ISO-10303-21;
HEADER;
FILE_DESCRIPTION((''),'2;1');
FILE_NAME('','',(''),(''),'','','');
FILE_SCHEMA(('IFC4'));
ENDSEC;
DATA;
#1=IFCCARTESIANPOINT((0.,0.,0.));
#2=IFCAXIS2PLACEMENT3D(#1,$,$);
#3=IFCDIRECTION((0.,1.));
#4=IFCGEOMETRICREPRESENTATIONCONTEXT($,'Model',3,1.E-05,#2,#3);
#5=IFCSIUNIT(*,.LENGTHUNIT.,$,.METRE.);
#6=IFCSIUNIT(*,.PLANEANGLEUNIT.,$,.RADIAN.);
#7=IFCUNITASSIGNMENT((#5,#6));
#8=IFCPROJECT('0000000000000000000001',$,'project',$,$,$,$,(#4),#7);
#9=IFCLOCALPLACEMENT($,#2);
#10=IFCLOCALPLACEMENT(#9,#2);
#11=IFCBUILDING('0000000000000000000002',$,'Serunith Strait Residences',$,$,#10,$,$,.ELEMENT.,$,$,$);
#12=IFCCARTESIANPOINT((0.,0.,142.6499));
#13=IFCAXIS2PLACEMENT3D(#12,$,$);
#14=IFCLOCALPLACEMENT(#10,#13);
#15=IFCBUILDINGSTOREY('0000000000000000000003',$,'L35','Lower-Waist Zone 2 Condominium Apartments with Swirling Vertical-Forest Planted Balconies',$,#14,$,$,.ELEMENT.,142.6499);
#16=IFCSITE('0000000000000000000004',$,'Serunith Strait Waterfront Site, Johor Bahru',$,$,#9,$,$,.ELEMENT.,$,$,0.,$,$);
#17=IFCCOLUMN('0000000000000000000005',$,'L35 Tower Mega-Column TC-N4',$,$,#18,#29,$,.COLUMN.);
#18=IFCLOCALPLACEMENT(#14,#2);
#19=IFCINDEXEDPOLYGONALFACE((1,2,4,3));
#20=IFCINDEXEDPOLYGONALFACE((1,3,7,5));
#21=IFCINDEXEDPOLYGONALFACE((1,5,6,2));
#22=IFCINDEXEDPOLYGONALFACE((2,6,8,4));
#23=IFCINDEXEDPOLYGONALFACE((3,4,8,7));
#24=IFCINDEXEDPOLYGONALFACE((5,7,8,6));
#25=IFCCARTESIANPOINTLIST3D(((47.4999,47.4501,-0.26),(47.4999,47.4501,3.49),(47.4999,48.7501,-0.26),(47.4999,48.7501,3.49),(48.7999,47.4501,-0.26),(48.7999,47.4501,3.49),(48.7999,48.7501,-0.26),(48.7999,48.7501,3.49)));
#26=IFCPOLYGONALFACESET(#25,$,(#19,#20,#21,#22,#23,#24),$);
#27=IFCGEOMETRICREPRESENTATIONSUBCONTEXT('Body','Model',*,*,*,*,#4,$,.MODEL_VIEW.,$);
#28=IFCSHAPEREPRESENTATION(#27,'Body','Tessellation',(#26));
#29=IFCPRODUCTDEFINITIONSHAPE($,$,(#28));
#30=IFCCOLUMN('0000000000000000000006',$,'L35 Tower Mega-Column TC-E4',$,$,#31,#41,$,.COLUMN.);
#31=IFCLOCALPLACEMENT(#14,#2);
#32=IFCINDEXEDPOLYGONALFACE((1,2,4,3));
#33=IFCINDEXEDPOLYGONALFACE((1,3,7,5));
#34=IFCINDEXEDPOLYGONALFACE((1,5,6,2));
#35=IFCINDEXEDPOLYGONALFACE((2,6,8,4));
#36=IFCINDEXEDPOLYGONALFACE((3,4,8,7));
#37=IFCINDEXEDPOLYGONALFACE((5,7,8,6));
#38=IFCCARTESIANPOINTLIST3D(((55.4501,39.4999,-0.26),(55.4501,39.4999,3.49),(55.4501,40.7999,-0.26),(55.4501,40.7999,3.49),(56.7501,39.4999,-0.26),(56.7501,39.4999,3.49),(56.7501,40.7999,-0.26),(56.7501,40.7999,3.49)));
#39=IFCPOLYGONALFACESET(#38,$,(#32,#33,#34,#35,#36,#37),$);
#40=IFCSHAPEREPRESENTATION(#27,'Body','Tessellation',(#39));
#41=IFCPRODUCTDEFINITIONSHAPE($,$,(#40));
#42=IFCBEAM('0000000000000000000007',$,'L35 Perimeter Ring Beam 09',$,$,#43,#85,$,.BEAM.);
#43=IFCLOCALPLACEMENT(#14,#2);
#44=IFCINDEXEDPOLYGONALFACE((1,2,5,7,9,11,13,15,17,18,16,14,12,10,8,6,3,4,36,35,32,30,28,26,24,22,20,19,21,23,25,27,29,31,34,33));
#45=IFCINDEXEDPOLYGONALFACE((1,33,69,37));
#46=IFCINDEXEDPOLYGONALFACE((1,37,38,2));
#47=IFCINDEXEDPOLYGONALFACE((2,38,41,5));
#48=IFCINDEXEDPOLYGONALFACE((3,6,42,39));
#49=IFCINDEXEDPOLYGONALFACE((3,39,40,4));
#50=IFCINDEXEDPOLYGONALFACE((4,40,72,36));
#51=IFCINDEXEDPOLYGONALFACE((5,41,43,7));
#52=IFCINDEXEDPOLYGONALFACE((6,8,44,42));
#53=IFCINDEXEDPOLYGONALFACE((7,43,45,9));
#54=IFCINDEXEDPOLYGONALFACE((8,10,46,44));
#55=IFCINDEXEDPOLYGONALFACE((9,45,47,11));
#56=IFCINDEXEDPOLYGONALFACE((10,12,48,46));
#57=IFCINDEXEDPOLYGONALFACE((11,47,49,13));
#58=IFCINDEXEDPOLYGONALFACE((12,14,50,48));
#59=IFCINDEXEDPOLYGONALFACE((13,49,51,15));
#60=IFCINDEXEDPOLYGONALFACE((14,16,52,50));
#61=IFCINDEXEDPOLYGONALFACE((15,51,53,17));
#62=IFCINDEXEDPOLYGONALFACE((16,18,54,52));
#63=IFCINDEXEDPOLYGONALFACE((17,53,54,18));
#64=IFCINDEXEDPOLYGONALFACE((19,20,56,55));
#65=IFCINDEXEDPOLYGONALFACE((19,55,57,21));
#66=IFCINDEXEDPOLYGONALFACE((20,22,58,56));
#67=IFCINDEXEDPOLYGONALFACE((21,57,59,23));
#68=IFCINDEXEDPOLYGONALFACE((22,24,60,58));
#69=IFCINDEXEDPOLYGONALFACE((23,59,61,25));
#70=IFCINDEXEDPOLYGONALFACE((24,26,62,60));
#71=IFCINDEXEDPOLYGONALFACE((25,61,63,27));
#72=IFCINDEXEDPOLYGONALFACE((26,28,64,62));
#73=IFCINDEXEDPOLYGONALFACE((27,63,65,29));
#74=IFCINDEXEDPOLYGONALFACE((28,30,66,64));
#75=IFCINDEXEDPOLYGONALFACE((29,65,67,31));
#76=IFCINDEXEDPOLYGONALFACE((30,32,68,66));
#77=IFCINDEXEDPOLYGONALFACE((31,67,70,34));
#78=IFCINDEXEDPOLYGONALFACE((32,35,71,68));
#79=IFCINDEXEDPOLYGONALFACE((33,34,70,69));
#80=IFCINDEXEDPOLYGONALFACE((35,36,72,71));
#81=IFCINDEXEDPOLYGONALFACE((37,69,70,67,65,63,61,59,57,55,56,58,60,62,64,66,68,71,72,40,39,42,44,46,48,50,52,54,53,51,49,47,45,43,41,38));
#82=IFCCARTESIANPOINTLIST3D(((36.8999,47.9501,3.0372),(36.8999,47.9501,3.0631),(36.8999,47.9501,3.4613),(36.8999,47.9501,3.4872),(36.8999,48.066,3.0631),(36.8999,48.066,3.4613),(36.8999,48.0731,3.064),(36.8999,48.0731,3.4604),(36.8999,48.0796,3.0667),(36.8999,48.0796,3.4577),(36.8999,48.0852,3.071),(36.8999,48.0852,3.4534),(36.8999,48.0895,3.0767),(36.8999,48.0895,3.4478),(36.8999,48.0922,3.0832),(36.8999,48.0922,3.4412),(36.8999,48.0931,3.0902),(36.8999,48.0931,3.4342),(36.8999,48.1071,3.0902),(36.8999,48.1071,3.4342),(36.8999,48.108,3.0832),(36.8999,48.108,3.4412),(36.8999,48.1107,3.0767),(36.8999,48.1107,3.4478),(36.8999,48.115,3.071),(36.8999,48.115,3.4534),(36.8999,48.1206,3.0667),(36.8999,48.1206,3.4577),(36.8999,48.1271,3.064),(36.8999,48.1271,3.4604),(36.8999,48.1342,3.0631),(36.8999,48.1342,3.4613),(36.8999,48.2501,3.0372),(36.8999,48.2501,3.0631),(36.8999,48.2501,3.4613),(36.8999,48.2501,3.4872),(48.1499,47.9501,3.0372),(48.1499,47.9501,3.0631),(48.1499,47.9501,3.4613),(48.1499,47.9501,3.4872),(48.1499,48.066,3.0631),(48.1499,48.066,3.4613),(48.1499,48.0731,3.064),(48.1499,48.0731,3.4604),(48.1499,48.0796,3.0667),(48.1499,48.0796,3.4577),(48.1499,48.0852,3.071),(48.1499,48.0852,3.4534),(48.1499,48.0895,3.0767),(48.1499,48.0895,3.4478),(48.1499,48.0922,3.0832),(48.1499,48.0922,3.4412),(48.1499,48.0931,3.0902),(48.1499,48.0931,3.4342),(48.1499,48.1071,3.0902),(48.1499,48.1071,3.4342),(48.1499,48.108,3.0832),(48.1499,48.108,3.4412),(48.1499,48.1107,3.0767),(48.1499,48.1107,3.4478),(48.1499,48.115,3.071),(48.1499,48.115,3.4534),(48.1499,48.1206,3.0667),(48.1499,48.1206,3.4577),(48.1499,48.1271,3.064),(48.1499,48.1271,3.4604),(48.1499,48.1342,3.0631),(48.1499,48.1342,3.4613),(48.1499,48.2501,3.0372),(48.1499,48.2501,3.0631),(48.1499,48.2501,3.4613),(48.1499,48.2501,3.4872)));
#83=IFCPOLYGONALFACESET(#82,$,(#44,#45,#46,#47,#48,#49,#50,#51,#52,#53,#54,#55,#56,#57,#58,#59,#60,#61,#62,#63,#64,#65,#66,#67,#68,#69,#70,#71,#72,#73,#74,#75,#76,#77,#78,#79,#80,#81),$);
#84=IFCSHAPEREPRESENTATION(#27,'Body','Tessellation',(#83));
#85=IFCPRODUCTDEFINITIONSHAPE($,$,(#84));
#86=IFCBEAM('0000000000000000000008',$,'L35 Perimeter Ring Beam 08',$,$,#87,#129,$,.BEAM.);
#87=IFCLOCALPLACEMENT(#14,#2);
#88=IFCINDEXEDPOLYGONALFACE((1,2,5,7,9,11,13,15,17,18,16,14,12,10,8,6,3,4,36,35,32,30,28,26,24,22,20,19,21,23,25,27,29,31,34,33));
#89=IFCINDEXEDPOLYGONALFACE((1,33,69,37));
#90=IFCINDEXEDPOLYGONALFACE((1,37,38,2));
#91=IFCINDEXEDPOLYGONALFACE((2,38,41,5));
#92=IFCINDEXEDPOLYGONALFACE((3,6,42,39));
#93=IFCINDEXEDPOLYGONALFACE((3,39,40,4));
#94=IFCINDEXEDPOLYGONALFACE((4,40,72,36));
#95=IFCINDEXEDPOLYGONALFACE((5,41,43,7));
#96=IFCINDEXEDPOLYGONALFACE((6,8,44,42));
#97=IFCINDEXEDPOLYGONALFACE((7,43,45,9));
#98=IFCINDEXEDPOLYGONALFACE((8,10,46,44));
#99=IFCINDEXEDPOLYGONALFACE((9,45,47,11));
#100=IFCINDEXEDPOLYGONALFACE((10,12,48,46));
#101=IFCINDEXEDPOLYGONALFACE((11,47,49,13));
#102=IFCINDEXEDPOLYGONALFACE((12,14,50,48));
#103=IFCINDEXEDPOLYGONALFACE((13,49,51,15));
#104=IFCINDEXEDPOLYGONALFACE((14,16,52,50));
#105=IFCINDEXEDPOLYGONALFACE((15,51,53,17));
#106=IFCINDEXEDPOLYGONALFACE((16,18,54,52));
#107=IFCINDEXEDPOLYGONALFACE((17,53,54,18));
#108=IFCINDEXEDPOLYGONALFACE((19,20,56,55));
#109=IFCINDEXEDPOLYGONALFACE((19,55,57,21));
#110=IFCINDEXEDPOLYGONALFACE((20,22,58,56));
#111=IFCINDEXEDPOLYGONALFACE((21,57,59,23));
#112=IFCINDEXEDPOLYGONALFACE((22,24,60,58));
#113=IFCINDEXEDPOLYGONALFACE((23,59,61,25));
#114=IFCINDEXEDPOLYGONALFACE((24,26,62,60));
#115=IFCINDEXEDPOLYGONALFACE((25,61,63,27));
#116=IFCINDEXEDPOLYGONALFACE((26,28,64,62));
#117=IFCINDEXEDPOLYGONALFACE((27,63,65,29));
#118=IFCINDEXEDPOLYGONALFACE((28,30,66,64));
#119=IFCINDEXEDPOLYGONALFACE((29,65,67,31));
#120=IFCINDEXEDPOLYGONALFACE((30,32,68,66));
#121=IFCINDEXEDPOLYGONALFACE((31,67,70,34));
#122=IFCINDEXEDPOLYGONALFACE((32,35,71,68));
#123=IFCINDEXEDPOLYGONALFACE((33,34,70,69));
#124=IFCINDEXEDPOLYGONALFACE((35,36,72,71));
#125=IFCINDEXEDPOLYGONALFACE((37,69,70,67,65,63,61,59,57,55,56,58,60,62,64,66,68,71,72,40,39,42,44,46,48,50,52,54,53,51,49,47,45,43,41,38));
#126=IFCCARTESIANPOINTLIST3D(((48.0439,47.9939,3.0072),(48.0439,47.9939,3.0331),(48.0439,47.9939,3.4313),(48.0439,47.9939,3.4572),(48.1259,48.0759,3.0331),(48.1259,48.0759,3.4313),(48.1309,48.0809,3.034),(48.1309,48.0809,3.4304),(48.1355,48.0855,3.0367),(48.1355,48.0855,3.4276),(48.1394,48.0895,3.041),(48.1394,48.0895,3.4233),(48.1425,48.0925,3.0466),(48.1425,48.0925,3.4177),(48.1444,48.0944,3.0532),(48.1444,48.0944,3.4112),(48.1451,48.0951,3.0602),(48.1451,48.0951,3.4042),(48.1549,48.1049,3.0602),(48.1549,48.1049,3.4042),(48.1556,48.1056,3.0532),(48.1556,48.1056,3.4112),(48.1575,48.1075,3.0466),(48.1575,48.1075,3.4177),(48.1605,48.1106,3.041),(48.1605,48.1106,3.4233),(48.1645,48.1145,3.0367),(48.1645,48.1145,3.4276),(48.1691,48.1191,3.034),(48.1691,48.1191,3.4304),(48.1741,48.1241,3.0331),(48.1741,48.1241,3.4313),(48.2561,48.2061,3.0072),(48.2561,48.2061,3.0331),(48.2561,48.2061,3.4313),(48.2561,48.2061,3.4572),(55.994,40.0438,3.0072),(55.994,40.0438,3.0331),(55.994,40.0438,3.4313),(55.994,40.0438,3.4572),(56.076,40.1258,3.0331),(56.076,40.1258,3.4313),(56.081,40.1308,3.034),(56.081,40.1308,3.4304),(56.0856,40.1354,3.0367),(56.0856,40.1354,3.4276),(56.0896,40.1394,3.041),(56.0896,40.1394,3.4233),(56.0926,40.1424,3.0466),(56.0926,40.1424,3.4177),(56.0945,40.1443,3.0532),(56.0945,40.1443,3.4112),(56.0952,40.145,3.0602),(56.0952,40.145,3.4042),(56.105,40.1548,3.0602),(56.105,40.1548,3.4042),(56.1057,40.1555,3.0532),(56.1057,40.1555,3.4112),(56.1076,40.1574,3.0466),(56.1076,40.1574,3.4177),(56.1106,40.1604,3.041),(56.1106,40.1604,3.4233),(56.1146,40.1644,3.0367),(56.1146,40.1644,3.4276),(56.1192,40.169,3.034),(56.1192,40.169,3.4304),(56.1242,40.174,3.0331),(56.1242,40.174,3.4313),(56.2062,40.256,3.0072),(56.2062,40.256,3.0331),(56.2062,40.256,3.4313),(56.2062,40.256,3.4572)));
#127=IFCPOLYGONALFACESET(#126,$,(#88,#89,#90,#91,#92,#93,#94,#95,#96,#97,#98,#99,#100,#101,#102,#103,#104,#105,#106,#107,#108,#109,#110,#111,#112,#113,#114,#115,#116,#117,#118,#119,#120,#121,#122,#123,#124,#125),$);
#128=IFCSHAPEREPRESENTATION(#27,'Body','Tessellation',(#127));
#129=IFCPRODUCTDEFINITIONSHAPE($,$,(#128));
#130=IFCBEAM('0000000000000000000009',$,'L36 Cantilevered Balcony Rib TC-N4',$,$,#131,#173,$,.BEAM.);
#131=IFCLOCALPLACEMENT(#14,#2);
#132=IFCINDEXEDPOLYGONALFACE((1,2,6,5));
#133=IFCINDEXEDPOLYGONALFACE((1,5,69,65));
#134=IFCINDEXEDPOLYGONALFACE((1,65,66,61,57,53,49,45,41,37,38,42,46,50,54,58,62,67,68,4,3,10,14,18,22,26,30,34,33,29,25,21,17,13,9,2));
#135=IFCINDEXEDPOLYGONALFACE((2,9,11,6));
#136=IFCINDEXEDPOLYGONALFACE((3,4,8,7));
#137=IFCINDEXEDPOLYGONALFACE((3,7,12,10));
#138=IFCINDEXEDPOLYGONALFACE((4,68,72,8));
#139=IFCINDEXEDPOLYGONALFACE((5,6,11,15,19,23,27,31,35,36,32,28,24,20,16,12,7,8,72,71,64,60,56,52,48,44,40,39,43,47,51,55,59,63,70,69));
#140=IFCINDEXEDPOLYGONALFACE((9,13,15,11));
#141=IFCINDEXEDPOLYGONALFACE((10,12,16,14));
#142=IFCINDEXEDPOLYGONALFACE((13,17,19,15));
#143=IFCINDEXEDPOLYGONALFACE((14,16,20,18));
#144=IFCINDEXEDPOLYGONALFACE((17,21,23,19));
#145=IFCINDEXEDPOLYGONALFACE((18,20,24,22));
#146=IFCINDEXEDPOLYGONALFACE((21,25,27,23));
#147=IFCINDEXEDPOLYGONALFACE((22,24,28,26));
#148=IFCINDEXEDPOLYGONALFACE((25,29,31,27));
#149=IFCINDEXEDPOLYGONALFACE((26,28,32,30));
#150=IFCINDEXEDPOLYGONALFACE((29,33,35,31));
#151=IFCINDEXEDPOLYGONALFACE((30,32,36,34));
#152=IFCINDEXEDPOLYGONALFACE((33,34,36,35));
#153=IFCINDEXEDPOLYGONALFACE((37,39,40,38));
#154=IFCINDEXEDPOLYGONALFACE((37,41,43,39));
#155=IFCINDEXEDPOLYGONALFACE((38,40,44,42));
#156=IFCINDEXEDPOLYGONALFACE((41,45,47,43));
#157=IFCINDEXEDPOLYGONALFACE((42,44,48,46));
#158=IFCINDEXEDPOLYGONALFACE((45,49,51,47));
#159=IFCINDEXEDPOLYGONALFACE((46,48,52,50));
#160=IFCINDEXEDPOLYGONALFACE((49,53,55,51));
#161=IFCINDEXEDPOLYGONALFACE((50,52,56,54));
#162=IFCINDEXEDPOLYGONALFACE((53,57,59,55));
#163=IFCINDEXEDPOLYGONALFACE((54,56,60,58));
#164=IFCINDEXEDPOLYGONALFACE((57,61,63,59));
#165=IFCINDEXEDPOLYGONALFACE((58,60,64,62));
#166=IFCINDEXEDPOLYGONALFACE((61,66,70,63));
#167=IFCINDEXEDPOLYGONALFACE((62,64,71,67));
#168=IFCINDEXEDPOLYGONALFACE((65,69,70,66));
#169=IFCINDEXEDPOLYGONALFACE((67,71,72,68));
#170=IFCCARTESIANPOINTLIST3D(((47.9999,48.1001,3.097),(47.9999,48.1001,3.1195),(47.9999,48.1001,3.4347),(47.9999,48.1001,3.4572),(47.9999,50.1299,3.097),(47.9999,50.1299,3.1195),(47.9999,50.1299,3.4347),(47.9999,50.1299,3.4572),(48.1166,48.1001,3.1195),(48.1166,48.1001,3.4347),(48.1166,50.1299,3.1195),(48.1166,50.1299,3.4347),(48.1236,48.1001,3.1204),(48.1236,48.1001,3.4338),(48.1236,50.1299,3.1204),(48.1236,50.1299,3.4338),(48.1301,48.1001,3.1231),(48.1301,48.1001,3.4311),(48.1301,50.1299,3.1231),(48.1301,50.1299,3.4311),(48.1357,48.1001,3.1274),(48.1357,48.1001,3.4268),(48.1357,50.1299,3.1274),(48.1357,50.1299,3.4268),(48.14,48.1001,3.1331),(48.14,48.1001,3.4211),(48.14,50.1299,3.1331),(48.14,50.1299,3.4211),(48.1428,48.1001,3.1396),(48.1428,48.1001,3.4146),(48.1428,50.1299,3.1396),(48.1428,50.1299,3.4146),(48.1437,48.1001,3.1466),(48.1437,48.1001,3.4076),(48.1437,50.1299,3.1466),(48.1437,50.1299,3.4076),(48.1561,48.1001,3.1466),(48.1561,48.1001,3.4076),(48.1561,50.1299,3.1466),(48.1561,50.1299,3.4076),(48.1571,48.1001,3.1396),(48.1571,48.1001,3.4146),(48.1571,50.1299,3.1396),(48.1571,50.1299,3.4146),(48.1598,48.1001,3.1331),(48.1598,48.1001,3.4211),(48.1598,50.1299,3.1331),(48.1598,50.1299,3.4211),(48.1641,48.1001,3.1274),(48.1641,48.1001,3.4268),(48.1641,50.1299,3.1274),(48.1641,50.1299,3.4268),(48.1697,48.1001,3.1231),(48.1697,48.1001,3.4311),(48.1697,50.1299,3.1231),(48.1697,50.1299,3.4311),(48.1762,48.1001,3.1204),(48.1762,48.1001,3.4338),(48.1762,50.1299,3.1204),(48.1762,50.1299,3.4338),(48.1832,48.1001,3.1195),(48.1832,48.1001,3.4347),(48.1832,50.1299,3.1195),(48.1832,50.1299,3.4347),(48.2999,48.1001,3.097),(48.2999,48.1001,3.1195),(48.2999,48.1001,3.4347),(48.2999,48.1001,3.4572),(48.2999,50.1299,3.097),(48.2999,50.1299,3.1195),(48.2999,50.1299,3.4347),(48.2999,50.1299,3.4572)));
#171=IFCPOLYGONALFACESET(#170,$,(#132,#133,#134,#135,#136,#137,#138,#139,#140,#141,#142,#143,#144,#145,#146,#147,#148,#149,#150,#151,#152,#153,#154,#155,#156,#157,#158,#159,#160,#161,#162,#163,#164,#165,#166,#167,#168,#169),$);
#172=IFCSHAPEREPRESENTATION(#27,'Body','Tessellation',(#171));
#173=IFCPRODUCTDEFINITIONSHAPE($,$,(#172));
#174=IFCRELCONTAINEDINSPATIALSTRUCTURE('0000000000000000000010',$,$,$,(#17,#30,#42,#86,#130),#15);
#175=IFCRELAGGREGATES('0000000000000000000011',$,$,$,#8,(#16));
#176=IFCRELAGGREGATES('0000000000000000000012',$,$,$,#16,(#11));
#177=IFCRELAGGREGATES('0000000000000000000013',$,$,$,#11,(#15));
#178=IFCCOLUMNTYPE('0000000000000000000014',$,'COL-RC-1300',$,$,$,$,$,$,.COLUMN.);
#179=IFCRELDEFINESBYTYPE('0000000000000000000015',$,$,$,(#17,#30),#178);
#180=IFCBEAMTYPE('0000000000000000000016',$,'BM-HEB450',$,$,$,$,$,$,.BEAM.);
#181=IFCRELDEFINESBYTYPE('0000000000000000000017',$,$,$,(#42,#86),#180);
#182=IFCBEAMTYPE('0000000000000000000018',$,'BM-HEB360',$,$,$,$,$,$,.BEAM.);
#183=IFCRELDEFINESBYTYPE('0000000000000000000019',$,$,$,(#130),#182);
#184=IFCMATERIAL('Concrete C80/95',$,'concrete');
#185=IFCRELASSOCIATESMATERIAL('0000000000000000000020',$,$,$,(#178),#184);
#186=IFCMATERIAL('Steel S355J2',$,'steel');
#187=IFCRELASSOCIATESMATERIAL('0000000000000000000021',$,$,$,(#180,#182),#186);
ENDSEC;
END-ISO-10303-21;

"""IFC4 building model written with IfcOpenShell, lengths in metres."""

from ifc_helpers import new_model, si_unit, direction, frame, origin, origin_2d, place, context, subcontext, project, spatial, rectangle, i_section, extrude, source, transform, mapped, material, material_profile, profile_set, type_object, element, save


model = new_model("IFC4")

# Units and contexts
model_context = context("Model", 3, precision=1e-05, world=origin(), true_north=direction((0.0, 1.0)))
body_context = subcontext(model_context, "Body", "Model", "MODEL_VIEW")
ifc_project = project(units=[si_unit("LENGTHUNIT", "METRE"), si_unit("PLANEANGLEUNIT", "RADIAN")], contexts=[model_context])

# Site, building, storey
site_placement = place(None, origin())
site = spatial("IfcSite", under=ifc_project, at=site_placement, Name="Serunith Strait Waterfront Site, Johor Bahru", CompositionType="ELEMENT", RefElevation=0.0)
building_placement = place(site_placement, origin())
building = spatial("IfcBuilding", under=site, at=building_placement, Name="Serunith Strait Residences", CompositionType="ELEMENT")
storey_placement = place(building_placement, frame((0.0, 0.0, 142.6499)))
storey = spatial("IfcBuildingStorey", under=building, at=storey_placement, Name="L35", Description="Lower-Waist Zone 2 Condominium Apartments with Swirling Vertical-Forest Planted Balconies", CompositionType="ELEMENT", Elevation=142.6499)

# Columns
ifc_material_1 = material(Name="Concrete C80/95", Category="concrete")
ifc_material_profile_1 = material_profile(ifc_material_1, rectangle(XDim=1.3, YDim=1.3, at=origin_2d()), Name="RC 1300x1300")
ifc_profile_set_1 = profile_set([ifc_material_profile_1], Name="Concrete C80/95")
column_type = type_object("IfcColumnType", Name="COL-RC-1300", PredefinedType="COLUMN", material=ifc_profile_set_1)
shared_shape_1 = source(origin(), body_context, "Body", "SweptSolid", [
    extrude(rectangle(XDim=1.3, YDim=1.3, at=origin_2d()), origin(), (0.0, 0.0, 1.0), 3.75),
])
for number, where, z_axis, x_axis, name in (
    (1, (48.1499, 48.1001, -0.26), (0.0, 0.0, 1.0), (1.0, 0.0, 0.0), "L35 Tower Mega-Column TC-N4"),
    (2, (56.1001, 40.1499, -0.26), (0.0, 0.0, 1.0), (1.0, 0.0, 0.0), "L35 Tower Mega-Column TC-E4"),
):
    element("IfcColumn", number, at=place(storey_placement, frame(where, z_axis=z_axis, x_axis=x_axis)), inside=storey, type_object=column_type, Name=name, PredefinedType="COLUMN", context=body_context, shape_type="MappedRepresentation", body=[
        mapped(shared_shape_1, transform((0.0, 0.0, 0.0), scale=1.0)),
    ])

# Beams
ifc_material_2 = material(Name="Steel S355J2", Category="steel")
ifc_material_profile_2 = material_profile(ifc_material_2, i_section(OverallWidth=0.3, OverallDepth=0.45, WebThickness=0.0139, FlangeThickness=0.0259, FilletRadius=0.0271, at=origin_2d()), Name="HEB 450")
ifc_profile_set_2 = profile_set([ifc_material_profile_2], Name="Steel S355J2")
beam_type_1 = type_object("IfcBeamType", Name="BM-HEB450", PredefinedType="BEAM", material=ifc_profile_set_2)
shared_shape_2 = source(origin(), body_context, "Body", "SweptSolid", [
    extrude(i_section(OverallWidth=0.3, OverallDepth=0.45, WebThickness=0.0139, FlangeThickness=0.0259, FilletRadius=0.0271, at=origin_2d()), origin(), (0.0, 0.0, 1.0), 11.25),
])
beam_1_placement = place(storey_placement, frame((48.1499, 48.1001, 3.2622), z_axis=(-1.0, 0.0, 0.0), x_axis=(0.0, -1.0, 0.0)))
element("IfcBeam", 3, at=beam_1_placement, inside=storey, type_object=beam_type_1, Name="L35 Perimeter Ring Beam 09", PredefinedType="BEAM", context=body_context, shape_type="MappedRepresentation", body=[
    mapped(shared_shape_2, transform((0.0, 0.0, 0.0), scale=1.0)),
])
shared_shape_3 = source(origin(), body_context, "Body", "SweptSolid", [
    extrude(i_section(OverallWidth=0.3, OverallDepth=0.45, WebThickness=0.0139, FlangeThickness=0.0259, FilletRadius=0.0271, at=origin_2d()), origin(), (0.0, 0.0, 1.0), 11.2432),
])
beam_2_placement = place(storey_placement, frame((56.1001, 40.1499, 3.2322), z_axis=(-0.707107, 0.707107, 0.0), x_axis=(-0.707107, -0.707107, 0.0)))
element("IfcBeam", 4, at=beam_2_placement, inside=storey, type_object=beam_type_1, Name="L35 Perimeter Ring Beam 08", PredefinedType="BEAM", context=body_context, shape_type="MappedRepresentation", body=[
    mapped(shared_shape_3, transform((0.0, 0.0, 0.0), scale=1.0)),
])
ifc_material_profile_3 = material_profile(ifc_material_2, i_section(OverallWidth=0.3, OverallDepth=0.3601, WebThickness=0.0125, FlangeThickness=0.0225, FilletRadius=0.0271, at=origin_2d()), Name="HEB 360")
ifc_profile_set_3 = profile_set([ifc_material_profile_3], Name="Steel S355J2")
beam_type_2 = type_object("IfcBeamType", Name="BM-HEB360", PredefinedType="BEAM", material=ifc_profile_set_3)
shared_shape_4 = source(origin(), body_context, "Body", "SweptSolid", [
    extrude(i_section(OverallWidth=0.3, OverallDepth=0.3601, WebThickness=0.0125, FlangeThickness=0.0225, FilletRadius=0.0271, at=origin_2d()), origin(), (0.0, 0.0, 1.0), 2.0298),
])
beam_3_placement = place(storey_placement, frame((48.1499, 48.1001, 3.2771), z_axis=(0.0, 1.0, 0.0), x_axis=(-1.0, 0.0, 0.0)))
element("IfcBeam", 5, at=beam_3_placement, inside=storey, type_object=beam_type_2, Name="L36 Cantilevered Balcony Rib TC-N4", PredefinedType="BEAM", context=body_context, shape_type="MappedRepresentation", body=[
    mapped(shared_shape_4, transform((0.0, 0.0, 0.0), scale=1.0)),
])

save(model, "model.ifc")
